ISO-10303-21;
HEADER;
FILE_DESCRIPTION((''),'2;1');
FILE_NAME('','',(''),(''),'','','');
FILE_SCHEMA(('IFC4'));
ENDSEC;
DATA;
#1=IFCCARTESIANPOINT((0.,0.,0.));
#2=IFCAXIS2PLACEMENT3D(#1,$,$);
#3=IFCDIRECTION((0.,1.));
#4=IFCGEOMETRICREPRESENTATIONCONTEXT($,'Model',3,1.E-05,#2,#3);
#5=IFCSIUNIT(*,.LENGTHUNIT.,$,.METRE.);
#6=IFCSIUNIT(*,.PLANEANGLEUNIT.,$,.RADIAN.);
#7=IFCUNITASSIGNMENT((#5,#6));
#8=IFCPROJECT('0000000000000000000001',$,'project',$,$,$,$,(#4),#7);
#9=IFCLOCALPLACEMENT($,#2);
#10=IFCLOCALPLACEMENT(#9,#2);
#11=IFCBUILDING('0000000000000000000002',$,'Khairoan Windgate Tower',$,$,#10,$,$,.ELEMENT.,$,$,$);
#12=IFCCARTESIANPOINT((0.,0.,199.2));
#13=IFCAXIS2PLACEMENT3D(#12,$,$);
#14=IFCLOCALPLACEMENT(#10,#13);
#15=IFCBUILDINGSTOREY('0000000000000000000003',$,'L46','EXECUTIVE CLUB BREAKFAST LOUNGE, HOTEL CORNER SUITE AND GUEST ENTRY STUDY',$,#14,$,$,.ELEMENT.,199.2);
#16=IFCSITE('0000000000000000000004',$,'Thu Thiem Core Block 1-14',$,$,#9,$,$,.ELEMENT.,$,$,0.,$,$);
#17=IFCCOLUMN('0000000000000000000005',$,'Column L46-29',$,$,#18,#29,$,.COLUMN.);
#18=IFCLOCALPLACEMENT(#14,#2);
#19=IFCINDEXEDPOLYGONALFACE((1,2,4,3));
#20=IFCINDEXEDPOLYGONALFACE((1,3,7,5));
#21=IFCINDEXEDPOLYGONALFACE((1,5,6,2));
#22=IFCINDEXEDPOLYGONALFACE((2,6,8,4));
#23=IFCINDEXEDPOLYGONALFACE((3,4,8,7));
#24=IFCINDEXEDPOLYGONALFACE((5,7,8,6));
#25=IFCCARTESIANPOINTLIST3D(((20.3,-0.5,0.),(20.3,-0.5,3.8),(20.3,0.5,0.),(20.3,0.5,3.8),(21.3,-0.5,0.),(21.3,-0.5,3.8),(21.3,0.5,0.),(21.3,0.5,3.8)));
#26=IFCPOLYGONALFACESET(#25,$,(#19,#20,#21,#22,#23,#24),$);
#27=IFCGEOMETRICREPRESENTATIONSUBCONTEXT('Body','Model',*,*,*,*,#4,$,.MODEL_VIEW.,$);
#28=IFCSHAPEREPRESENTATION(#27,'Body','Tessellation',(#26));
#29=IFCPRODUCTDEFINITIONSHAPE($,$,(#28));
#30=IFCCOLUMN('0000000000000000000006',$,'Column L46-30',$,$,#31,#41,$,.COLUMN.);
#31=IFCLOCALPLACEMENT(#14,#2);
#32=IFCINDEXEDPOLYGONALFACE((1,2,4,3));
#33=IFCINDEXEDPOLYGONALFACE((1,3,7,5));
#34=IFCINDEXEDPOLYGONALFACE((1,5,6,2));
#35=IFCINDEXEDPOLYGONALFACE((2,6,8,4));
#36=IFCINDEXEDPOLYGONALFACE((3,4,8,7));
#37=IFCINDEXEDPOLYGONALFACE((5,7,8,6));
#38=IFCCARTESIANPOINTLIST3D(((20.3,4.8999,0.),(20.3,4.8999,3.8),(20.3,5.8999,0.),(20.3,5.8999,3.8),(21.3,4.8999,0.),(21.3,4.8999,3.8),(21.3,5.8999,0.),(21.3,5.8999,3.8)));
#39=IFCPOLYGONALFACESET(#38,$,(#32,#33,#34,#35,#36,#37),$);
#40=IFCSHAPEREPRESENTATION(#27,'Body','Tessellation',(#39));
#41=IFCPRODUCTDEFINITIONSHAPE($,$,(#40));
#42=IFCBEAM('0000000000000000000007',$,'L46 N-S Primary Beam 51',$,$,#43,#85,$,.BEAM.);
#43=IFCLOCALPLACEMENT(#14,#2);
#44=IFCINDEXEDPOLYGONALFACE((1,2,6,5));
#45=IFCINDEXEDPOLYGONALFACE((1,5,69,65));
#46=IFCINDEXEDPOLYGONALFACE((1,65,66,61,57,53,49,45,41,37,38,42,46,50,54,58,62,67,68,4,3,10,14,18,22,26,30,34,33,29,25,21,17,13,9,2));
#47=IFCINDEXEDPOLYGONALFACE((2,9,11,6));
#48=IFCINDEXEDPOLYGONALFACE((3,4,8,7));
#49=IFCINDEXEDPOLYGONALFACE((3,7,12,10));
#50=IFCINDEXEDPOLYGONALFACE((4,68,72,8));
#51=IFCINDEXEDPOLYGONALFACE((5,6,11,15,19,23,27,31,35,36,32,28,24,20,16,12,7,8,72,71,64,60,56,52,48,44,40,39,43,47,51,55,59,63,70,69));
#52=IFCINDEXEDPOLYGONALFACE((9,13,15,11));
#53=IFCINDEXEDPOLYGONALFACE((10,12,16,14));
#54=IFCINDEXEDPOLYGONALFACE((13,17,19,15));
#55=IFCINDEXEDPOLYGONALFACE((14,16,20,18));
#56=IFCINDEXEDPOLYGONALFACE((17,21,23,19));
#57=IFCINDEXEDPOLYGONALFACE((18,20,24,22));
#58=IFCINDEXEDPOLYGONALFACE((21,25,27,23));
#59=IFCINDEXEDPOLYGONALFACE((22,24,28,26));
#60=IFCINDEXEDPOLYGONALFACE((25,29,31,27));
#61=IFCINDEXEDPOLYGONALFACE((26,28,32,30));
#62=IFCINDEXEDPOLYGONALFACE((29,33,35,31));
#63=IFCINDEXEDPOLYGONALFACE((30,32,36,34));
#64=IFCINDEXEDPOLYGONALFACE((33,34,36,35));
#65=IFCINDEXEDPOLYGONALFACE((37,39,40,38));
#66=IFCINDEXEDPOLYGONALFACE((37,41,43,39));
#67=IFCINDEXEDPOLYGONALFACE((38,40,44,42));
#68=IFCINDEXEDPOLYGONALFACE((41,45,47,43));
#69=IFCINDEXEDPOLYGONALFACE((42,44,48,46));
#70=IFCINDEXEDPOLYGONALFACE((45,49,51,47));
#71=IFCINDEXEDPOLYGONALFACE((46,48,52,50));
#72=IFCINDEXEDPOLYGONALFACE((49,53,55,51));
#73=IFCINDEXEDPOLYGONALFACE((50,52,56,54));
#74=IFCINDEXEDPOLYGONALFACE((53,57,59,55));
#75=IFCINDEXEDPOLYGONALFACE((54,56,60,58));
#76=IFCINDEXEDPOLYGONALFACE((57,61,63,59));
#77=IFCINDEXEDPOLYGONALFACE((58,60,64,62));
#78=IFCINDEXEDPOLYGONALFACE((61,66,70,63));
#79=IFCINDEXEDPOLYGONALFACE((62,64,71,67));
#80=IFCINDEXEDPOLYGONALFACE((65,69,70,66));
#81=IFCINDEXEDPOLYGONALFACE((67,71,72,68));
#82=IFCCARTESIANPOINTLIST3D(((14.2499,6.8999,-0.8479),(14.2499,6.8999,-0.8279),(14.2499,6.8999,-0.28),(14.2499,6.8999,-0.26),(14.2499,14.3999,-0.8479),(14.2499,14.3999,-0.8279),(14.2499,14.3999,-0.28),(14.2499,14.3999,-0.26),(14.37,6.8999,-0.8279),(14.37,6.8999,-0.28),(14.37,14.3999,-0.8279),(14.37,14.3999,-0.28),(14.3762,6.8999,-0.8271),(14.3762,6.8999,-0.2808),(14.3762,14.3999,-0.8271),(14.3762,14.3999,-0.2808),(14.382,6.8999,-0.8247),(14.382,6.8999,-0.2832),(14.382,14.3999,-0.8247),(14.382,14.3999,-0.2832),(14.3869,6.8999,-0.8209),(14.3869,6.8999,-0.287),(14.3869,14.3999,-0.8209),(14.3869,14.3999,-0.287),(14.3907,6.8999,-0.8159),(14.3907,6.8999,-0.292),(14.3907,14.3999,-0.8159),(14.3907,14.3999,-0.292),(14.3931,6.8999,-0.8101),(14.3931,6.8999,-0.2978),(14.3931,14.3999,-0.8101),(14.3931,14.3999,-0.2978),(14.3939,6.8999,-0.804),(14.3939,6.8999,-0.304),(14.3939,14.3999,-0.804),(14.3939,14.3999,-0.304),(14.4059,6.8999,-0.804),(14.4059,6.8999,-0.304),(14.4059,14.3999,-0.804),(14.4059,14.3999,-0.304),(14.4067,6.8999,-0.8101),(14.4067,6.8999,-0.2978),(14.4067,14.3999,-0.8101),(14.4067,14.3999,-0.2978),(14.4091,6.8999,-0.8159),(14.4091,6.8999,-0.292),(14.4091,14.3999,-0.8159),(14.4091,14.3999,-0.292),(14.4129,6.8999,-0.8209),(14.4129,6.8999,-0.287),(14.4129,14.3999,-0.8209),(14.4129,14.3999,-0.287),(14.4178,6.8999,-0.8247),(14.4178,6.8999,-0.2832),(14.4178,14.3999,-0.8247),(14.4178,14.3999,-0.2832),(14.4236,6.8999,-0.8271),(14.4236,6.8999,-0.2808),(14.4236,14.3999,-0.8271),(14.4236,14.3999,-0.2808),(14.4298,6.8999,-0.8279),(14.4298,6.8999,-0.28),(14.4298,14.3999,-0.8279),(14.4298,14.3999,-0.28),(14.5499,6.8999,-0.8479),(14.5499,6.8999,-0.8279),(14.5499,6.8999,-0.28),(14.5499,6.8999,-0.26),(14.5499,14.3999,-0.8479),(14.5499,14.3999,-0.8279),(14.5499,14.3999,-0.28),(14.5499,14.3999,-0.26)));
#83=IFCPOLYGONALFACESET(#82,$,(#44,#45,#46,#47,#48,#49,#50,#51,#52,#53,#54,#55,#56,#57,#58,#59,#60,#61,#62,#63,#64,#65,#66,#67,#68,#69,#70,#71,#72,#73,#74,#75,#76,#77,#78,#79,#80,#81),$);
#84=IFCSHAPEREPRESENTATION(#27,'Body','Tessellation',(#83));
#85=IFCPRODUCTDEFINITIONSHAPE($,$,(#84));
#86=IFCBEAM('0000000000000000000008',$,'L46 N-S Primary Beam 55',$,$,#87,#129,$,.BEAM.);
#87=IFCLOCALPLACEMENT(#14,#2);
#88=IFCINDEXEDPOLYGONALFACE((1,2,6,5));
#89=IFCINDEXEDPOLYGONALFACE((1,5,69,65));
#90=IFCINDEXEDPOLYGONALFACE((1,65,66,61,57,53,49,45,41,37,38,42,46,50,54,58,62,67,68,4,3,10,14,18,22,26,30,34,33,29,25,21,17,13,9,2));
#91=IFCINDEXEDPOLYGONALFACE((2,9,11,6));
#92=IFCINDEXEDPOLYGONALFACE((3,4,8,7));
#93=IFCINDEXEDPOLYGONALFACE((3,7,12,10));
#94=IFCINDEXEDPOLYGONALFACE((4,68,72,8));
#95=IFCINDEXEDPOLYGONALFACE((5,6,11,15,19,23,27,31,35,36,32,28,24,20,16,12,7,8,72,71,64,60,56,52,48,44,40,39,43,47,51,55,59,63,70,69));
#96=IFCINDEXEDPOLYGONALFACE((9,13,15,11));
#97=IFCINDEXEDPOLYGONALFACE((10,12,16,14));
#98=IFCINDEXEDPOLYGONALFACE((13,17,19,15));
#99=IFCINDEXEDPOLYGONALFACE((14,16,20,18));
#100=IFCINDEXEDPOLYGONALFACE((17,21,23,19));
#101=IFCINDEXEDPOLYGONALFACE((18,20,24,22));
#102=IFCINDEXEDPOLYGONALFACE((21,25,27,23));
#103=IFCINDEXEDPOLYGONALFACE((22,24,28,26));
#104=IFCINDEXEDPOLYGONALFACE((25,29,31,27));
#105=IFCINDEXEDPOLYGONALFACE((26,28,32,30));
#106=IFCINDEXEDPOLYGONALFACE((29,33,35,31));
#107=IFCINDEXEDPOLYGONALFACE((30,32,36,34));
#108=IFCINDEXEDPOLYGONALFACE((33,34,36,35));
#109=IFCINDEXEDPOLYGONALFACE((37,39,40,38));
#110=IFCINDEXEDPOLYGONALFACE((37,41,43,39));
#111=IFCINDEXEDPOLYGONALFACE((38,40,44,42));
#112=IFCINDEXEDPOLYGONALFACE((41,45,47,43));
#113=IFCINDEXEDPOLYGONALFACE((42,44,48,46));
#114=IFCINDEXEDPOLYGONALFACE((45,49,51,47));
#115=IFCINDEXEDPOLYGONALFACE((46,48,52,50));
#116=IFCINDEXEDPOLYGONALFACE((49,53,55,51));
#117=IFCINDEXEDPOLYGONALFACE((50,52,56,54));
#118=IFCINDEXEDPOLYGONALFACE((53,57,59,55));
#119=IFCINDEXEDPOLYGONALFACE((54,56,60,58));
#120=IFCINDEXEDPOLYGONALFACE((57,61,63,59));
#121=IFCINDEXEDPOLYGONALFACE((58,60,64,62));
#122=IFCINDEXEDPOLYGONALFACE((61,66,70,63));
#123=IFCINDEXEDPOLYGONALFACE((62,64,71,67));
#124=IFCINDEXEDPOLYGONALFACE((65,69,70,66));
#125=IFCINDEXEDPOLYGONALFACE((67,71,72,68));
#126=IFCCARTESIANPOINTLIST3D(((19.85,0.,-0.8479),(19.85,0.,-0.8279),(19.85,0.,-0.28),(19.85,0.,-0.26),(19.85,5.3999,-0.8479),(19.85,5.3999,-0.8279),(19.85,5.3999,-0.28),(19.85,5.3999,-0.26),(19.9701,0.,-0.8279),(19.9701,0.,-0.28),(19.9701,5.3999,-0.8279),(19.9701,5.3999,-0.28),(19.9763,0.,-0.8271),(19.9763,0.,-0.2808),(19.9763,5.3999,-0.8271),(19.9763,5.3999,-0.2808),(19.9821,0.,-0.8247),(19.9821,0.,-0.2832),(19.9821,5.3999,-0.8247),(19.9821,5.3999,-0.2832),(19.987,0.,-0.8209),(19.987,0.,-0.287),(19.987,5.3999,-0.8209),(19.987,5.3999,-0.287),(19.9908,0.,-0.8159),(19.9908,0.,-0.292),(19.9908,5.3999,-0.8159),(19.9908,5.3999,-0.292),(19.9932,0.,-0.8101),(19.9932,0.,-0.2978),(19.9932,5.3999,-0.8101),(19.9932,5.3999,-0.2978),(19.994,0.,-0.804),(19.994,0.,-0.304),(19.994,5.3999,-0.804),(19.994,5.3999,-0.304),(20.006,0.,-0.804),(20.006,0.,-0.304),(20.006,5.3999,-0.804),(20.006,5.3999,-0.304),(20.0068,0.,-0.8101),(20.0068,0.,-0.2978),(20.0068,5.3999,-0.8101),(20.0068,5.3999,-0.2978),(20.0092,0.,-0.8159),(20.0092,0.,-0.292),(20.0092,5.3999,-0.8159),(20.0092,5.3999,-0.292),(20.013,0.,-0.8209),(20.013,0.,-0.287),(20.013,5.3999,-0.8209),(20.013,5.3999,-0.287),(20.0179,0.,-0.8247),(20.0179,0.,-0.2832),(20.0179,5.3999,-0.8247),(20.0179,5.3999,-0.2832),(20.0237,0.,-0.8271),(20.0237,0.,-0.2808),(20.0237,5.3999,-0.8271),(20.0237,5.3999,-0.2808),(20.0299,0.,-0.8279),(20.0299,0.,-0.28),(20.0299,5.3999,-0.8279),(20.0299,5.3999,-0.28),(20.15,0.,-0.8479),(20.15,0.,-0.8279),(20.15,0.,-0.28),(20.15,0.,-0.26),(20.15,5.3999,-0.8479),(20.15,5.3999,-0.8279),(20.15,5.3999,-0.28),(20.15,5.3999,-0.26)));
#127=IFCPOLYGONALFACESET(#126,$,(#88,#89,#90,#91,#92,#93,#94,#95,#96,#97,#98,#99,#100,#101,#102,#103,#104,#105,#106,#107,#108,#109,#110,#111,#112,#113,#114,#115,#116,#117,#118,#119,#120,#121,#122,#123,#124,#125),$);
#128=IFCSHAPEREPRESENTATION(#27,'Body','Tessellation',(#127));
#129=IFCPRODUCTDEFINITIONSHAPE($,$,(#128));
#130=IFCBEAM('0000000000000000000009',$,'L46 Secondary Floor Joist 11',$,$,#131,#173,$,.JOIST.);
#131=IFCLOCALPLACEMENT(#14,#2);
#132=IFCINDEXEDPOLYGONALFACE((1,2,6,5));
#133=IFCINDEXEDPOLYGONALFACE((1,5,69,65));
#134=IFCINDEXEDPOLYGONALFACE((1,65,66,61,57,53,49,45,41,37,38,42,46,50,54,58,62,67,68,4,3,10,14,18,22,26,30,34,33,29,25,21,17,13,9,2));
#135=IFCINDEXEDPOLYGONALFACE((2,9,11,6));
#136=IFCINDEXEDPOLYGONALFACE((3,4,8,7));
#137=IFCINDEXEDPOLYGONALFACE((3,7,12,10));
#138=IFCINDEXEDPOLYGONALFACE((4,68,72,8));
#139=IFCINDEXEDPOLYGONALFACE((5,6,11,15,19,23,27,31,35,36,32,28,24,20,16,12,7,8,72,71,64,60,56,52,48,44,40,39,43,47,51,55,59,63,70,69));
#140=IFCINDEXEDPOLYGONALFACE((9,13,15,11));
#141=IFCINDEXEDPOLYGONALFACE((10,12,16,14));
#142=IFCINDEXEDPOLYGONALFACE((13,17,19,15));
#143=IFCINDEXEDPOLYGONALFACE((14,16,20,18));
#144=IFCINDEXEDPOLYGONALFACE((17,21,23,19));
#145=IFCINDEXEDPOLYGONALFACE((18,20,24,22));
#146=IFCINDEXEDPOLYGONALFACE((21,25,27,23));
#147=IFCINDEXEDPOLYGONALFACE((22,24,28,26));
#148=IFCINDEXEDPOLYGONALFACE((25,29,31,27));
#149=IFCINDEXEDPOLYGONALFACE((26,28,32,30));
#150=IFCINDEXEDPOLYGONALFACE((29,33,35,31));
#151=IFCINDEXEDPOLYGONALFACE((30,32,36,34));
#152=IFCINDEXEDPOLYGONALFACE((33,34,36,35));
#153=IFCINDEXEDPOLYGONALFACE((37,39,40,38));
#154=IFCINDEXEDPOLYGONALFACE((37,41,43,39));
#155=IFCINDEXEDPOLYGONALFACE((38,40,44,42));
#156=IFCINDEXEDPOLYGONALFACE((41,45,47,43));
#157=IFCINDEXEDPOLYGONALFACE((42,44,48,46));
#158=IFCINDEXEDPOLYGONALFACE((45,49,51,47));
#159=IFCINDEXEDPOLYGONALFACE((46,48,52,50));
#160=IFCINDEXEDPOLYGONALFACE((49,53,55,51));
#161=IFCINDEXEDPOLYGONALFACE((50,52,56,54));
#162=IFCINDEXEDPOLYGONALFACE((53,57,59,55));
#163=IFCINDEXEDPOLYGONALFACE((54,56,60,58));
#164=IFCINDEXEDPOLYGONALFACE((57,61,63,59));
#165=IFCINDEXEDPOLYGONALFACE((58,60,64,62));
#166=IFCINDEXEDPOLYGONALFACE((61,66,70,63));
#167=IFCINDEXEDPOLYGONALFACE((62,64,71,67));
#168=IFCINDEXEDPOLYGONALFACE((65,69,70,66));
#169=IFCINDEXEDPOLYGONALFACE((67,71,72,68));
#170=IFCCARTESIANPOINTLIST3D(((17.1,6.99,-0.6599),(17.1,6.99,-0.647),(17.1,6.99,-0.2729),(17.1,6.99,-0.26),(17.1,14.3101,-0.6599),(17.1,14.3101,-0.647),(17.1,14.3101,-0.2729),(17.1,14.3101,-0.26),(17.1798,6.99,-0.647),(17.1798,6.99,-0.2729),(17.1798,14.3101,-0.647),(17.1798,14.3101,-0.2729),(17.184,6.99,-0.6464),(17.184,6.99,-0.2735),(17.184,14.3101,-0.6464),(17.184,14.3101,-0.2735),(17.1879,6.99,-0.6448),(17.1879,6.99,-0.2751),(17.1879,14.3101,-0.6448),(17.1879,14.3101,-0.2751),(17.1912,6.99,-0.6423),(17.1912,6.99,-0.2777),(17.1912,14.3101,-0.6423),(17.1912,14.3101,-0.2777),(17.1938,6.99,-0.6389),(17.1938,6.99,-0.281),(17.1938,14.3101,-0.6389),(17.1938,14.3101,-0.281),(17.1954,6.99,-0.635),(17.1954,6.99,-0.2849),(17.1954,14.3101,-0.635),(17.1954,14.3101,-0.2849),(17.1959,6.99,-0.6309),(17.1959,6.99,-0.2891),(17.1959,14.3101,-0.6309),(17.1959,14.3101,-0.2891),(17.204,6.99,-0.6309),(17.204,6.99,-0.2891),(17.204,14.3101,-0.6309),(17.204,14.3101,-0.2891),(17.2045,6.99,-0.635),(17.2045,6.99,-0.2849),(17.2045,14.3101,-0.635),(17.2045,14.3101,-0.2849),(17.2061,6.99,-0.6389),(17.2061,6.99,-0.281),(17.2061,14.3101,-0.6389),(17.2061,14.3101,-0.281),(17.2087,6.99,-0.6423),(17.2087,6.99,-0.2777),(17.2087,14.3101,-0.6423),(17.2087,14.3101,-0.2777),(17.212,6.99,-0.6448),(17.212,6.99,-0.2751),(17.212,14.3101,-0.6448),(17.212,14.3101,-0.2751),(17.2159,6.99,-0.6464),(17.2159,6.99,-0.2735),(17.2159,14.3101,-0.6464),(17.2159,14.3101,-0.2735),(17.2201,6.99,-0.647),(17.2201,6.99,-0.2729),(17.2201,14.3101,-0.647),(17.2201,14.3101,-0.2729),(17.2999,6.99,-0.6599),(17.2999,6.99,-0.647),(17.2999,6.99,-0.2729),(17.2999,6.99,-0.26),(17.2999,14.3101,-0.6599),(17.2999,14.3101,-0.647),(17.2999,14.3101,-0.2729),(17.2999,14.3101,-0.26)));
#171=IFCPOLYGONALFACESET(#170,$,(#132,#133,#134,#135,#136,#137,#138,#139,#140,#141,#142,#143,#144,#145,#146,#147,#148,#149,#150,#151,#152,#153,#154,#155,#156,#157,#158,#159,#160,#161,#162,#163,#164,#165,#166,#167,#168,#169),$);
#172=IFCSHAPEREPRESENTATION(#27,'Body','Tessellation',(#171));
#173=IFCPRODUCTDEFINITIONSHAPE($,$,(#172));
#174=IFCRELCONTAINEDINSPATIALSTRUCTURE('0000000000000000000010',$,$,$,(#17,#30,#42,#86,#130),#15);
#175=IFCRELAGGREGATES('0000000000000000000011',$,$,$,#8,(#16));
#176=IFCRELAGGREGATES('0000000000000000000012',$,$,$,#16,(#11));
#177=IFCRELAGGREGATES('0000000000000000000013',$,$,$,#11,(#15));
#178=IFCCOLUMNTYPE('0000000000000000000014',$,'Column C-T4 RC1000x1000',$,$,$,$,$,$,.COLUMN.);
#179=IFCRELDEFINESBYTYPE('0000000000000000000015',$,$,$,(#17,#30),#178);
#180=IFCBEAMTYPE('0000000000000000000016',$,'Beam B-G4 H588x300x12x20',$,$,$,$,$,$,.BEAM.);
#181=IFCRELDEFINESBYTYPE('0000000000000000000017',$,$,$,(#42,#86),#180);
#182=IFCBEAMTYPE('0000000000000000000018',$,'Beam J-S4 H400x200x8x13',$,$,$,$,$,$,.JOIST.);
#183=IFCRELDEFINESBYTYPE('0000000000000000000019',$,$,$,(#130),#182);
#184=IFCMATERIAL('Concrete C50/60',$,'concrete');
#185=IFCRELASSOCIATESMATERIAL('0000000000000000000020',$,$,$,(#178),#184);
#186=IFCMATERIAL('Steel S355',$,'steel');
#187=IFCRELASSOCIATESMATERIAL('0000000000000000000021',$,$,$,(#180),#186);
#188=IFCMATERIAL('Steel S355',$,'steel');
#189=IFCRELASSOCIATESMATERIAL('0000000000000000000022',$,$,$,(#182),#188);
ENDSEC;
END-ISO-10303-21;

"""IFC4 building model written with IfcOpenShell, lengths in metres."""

from ifc_helpers import new_model, si_unit, direction, frame, origin, origin_2d, place, context, subcontext, project, spatial, rectangle, i_section, extrude, material, material_profile, profile_set, type_object, element, save


model = new_model("IFC4")

# Units and contexts
model_context = context("Model", 3, precision=1e-05, world=origin(), true_north=direction((0.0, 1.0)))
body_context = subcontext(model_context, "Body", "Model", "MODEL_VIEW")
ifc_project = project(units=[si_unit("LENGTHUNIT", "METRE"), si_unit("PLANEANGLEUNIT", "RADIAN")], contexts=[model_context])

# Site, building, storey
site_placement = place(None, origin())
site = spatial("IfcSite", under=ifc_project, at=site_placement, Name="Thu Thiem Core Block 1-14", CompositionType="ELEMENT", RefElevation=0.0)
building_placement = place(site_placement, origin())
building = spatial("IfcBuilding", under=site, at=building_placement, Name="Khairoan Windgate Tower", CompositionType="ELEMENT")
storey_placement = place(building_placement, frame((0.0, 0.0, 199.2)))
storey = spatial("IfcBuildingStorey", under=building, at=storey_placement, Name="L46", Description="EXECUTIVE CLUB BREAKFAST LOUNGE, HOTEL CORNER SUITE AND GUEST ENTRY STUDY", CompositionType="ELEMENT", Elevation=199.2)

# Columns
ifc_material_1 = material(Name="Concrete C50/60", Category="concrete")
ifc_material_profile_1 = material_profile(ifc_material_1, rectangle(XDim=1.0, YDim=1.0, at=origin_2d()))
ifc_profile_set_1 = profile_set([ifc_material_profile_1], Name="Concrete C50/60")
column_type = type_object("IfcColumnType", Name="Column C-T4 RC1000x1000", PredefinedType="COLUMN", material=ifc_profile_set_1)
for number, where, z_axis, x_axis, name in (
    (1, (20.8, 0.0, 0.0), (0.0, 0.0, 1.0), (1.0, 0.0, 0.0), "Column L46-29"),
    (2, (20.8, 5.3999, 0.0), (0.0, 0.0, 1.0), (1.0, 0.0, 0.0), "Column L46-30"),
):
    element("IfcColumn", number, at=place(storey_placement, frame(where, z_axis=z_axis, x_axis=x_axis)), inside=storey, type_object=column_type, Name=name, PredefinedType="COLUMN", context=body_context, shape_type="SweptSolid", body=[
        extrude(rectangle(XDim=1.0, YDim=1.0, at=origin_2d()), origin(), (0.0, 0.0, 1.0), 3.8),
    ])

# Beams
ifc_material_2 = material(Name="Steel S355", Category="steel")
ifc_material_profile_2 = material_profile(ifc_material_2, i_section(OverallWidth=0.3, OverallDepth=0.5879, WebThickness=0.012, FlangeThickness=0.02, FilletRadius=0.0239, at=origin_2d()))
ifc_profile_set_2 = profile_set([ifc_material_profile_2], Name="Steel S355")
beam_type_1 = type_object("IfcBeamType", Name="Beam B-G4 H588x300x12x20", PredefinedType="BEAM", material=ifc_profile_set_2)
beam_1_placement = place(storey_placement, frame((14.3999, 6.8999, -0.554), z_axis=(0.0, 1.0, 0.0), x_axis=(-1.0, 0.0, 0.0)))
element("IfcBeam", 3, at=beam_1_placement, inside=storey, type_object=beam_type_1, Name="L46 N-S Primary Beam 51", PredefinedType="BEAM", context=body_context, shape_type="SweptSolid", body=[
    extrude(i_section(OverallWidth=0.3, OverallDepth=0.5879, WebThickness=0.012, FlangeThickness=0.02, FilletRadius=0.0239, at=origin_2d()), origin(), (0.0, 0.0, 1.0), 7.5),
])
beam_2_placement = place(storey_placement, frame((20.0, 0.0, -0.554), z_axis=(0.0, 1.0, 0.0), x_axis=(-1.0, 0.0, 0.0)))
element("IfcBeam", 4, at=beam_2_placement, inside=storey, type_object=beam_type_1, Name="L46 N-S Primary Beam 55", PredefinedType="BEAM", context=body_context, shape_type="SweptSolid", body=[
    extrude(i_section(OverallWidth=0.3, OverallDepth=0.5879, WebThickness=0.012, FlangeThickness=0.02, FilletRadius=0.0239, at=origin_2d()), origin(), (0.0, 0.0, 1.0), 5.3999),
])
ifc_material_3 = material(Name="Steel S355", Category="steel")
ifc_material_profile_3 = material_profile(ifc_material_3, i_section(OverallWidth=0.2, OverallDepth=0.3999, WebThickness=0.0081, FlangeThickness=0.0129, FilletRadius=0.0161, at=origin_2d()))
ifc_profile_set_3 = profile_set([ifc_material_profile_3], Name="Steel S355")
beam_type_2 = type_object("IfcBeamType", Name="Beam J-S4 H400x200x8x13", PredefinedType="JOIST", material=ifc_profile_set_3)
beam_3_placement = place(storey_placement, frame((17.2, 6.99, -0.46), z_axis=(0.0, 1.0, 0.0), x_axis=(-1.0, 0.0, 0.0)))
element("IfcBeam", 5, at=beam_3_placement, inside=storey, type_object=beam_type_2, Name="L46 Secondary Floor Joist 11", PredefinedType="JOIST", context=body_context, shape_type="SweptSolid", body=[
    extrude(i_section(OverallWidth=0.2, OverallDepth=0.3999, WebThickness=0.0081, FlangeThickness=0.0129, FilletRadius=0.0161, at=origin_2d()), origin(), (0.0, 0.0, 1.0), 7.3201),
])

save(model, "model.ifc")
